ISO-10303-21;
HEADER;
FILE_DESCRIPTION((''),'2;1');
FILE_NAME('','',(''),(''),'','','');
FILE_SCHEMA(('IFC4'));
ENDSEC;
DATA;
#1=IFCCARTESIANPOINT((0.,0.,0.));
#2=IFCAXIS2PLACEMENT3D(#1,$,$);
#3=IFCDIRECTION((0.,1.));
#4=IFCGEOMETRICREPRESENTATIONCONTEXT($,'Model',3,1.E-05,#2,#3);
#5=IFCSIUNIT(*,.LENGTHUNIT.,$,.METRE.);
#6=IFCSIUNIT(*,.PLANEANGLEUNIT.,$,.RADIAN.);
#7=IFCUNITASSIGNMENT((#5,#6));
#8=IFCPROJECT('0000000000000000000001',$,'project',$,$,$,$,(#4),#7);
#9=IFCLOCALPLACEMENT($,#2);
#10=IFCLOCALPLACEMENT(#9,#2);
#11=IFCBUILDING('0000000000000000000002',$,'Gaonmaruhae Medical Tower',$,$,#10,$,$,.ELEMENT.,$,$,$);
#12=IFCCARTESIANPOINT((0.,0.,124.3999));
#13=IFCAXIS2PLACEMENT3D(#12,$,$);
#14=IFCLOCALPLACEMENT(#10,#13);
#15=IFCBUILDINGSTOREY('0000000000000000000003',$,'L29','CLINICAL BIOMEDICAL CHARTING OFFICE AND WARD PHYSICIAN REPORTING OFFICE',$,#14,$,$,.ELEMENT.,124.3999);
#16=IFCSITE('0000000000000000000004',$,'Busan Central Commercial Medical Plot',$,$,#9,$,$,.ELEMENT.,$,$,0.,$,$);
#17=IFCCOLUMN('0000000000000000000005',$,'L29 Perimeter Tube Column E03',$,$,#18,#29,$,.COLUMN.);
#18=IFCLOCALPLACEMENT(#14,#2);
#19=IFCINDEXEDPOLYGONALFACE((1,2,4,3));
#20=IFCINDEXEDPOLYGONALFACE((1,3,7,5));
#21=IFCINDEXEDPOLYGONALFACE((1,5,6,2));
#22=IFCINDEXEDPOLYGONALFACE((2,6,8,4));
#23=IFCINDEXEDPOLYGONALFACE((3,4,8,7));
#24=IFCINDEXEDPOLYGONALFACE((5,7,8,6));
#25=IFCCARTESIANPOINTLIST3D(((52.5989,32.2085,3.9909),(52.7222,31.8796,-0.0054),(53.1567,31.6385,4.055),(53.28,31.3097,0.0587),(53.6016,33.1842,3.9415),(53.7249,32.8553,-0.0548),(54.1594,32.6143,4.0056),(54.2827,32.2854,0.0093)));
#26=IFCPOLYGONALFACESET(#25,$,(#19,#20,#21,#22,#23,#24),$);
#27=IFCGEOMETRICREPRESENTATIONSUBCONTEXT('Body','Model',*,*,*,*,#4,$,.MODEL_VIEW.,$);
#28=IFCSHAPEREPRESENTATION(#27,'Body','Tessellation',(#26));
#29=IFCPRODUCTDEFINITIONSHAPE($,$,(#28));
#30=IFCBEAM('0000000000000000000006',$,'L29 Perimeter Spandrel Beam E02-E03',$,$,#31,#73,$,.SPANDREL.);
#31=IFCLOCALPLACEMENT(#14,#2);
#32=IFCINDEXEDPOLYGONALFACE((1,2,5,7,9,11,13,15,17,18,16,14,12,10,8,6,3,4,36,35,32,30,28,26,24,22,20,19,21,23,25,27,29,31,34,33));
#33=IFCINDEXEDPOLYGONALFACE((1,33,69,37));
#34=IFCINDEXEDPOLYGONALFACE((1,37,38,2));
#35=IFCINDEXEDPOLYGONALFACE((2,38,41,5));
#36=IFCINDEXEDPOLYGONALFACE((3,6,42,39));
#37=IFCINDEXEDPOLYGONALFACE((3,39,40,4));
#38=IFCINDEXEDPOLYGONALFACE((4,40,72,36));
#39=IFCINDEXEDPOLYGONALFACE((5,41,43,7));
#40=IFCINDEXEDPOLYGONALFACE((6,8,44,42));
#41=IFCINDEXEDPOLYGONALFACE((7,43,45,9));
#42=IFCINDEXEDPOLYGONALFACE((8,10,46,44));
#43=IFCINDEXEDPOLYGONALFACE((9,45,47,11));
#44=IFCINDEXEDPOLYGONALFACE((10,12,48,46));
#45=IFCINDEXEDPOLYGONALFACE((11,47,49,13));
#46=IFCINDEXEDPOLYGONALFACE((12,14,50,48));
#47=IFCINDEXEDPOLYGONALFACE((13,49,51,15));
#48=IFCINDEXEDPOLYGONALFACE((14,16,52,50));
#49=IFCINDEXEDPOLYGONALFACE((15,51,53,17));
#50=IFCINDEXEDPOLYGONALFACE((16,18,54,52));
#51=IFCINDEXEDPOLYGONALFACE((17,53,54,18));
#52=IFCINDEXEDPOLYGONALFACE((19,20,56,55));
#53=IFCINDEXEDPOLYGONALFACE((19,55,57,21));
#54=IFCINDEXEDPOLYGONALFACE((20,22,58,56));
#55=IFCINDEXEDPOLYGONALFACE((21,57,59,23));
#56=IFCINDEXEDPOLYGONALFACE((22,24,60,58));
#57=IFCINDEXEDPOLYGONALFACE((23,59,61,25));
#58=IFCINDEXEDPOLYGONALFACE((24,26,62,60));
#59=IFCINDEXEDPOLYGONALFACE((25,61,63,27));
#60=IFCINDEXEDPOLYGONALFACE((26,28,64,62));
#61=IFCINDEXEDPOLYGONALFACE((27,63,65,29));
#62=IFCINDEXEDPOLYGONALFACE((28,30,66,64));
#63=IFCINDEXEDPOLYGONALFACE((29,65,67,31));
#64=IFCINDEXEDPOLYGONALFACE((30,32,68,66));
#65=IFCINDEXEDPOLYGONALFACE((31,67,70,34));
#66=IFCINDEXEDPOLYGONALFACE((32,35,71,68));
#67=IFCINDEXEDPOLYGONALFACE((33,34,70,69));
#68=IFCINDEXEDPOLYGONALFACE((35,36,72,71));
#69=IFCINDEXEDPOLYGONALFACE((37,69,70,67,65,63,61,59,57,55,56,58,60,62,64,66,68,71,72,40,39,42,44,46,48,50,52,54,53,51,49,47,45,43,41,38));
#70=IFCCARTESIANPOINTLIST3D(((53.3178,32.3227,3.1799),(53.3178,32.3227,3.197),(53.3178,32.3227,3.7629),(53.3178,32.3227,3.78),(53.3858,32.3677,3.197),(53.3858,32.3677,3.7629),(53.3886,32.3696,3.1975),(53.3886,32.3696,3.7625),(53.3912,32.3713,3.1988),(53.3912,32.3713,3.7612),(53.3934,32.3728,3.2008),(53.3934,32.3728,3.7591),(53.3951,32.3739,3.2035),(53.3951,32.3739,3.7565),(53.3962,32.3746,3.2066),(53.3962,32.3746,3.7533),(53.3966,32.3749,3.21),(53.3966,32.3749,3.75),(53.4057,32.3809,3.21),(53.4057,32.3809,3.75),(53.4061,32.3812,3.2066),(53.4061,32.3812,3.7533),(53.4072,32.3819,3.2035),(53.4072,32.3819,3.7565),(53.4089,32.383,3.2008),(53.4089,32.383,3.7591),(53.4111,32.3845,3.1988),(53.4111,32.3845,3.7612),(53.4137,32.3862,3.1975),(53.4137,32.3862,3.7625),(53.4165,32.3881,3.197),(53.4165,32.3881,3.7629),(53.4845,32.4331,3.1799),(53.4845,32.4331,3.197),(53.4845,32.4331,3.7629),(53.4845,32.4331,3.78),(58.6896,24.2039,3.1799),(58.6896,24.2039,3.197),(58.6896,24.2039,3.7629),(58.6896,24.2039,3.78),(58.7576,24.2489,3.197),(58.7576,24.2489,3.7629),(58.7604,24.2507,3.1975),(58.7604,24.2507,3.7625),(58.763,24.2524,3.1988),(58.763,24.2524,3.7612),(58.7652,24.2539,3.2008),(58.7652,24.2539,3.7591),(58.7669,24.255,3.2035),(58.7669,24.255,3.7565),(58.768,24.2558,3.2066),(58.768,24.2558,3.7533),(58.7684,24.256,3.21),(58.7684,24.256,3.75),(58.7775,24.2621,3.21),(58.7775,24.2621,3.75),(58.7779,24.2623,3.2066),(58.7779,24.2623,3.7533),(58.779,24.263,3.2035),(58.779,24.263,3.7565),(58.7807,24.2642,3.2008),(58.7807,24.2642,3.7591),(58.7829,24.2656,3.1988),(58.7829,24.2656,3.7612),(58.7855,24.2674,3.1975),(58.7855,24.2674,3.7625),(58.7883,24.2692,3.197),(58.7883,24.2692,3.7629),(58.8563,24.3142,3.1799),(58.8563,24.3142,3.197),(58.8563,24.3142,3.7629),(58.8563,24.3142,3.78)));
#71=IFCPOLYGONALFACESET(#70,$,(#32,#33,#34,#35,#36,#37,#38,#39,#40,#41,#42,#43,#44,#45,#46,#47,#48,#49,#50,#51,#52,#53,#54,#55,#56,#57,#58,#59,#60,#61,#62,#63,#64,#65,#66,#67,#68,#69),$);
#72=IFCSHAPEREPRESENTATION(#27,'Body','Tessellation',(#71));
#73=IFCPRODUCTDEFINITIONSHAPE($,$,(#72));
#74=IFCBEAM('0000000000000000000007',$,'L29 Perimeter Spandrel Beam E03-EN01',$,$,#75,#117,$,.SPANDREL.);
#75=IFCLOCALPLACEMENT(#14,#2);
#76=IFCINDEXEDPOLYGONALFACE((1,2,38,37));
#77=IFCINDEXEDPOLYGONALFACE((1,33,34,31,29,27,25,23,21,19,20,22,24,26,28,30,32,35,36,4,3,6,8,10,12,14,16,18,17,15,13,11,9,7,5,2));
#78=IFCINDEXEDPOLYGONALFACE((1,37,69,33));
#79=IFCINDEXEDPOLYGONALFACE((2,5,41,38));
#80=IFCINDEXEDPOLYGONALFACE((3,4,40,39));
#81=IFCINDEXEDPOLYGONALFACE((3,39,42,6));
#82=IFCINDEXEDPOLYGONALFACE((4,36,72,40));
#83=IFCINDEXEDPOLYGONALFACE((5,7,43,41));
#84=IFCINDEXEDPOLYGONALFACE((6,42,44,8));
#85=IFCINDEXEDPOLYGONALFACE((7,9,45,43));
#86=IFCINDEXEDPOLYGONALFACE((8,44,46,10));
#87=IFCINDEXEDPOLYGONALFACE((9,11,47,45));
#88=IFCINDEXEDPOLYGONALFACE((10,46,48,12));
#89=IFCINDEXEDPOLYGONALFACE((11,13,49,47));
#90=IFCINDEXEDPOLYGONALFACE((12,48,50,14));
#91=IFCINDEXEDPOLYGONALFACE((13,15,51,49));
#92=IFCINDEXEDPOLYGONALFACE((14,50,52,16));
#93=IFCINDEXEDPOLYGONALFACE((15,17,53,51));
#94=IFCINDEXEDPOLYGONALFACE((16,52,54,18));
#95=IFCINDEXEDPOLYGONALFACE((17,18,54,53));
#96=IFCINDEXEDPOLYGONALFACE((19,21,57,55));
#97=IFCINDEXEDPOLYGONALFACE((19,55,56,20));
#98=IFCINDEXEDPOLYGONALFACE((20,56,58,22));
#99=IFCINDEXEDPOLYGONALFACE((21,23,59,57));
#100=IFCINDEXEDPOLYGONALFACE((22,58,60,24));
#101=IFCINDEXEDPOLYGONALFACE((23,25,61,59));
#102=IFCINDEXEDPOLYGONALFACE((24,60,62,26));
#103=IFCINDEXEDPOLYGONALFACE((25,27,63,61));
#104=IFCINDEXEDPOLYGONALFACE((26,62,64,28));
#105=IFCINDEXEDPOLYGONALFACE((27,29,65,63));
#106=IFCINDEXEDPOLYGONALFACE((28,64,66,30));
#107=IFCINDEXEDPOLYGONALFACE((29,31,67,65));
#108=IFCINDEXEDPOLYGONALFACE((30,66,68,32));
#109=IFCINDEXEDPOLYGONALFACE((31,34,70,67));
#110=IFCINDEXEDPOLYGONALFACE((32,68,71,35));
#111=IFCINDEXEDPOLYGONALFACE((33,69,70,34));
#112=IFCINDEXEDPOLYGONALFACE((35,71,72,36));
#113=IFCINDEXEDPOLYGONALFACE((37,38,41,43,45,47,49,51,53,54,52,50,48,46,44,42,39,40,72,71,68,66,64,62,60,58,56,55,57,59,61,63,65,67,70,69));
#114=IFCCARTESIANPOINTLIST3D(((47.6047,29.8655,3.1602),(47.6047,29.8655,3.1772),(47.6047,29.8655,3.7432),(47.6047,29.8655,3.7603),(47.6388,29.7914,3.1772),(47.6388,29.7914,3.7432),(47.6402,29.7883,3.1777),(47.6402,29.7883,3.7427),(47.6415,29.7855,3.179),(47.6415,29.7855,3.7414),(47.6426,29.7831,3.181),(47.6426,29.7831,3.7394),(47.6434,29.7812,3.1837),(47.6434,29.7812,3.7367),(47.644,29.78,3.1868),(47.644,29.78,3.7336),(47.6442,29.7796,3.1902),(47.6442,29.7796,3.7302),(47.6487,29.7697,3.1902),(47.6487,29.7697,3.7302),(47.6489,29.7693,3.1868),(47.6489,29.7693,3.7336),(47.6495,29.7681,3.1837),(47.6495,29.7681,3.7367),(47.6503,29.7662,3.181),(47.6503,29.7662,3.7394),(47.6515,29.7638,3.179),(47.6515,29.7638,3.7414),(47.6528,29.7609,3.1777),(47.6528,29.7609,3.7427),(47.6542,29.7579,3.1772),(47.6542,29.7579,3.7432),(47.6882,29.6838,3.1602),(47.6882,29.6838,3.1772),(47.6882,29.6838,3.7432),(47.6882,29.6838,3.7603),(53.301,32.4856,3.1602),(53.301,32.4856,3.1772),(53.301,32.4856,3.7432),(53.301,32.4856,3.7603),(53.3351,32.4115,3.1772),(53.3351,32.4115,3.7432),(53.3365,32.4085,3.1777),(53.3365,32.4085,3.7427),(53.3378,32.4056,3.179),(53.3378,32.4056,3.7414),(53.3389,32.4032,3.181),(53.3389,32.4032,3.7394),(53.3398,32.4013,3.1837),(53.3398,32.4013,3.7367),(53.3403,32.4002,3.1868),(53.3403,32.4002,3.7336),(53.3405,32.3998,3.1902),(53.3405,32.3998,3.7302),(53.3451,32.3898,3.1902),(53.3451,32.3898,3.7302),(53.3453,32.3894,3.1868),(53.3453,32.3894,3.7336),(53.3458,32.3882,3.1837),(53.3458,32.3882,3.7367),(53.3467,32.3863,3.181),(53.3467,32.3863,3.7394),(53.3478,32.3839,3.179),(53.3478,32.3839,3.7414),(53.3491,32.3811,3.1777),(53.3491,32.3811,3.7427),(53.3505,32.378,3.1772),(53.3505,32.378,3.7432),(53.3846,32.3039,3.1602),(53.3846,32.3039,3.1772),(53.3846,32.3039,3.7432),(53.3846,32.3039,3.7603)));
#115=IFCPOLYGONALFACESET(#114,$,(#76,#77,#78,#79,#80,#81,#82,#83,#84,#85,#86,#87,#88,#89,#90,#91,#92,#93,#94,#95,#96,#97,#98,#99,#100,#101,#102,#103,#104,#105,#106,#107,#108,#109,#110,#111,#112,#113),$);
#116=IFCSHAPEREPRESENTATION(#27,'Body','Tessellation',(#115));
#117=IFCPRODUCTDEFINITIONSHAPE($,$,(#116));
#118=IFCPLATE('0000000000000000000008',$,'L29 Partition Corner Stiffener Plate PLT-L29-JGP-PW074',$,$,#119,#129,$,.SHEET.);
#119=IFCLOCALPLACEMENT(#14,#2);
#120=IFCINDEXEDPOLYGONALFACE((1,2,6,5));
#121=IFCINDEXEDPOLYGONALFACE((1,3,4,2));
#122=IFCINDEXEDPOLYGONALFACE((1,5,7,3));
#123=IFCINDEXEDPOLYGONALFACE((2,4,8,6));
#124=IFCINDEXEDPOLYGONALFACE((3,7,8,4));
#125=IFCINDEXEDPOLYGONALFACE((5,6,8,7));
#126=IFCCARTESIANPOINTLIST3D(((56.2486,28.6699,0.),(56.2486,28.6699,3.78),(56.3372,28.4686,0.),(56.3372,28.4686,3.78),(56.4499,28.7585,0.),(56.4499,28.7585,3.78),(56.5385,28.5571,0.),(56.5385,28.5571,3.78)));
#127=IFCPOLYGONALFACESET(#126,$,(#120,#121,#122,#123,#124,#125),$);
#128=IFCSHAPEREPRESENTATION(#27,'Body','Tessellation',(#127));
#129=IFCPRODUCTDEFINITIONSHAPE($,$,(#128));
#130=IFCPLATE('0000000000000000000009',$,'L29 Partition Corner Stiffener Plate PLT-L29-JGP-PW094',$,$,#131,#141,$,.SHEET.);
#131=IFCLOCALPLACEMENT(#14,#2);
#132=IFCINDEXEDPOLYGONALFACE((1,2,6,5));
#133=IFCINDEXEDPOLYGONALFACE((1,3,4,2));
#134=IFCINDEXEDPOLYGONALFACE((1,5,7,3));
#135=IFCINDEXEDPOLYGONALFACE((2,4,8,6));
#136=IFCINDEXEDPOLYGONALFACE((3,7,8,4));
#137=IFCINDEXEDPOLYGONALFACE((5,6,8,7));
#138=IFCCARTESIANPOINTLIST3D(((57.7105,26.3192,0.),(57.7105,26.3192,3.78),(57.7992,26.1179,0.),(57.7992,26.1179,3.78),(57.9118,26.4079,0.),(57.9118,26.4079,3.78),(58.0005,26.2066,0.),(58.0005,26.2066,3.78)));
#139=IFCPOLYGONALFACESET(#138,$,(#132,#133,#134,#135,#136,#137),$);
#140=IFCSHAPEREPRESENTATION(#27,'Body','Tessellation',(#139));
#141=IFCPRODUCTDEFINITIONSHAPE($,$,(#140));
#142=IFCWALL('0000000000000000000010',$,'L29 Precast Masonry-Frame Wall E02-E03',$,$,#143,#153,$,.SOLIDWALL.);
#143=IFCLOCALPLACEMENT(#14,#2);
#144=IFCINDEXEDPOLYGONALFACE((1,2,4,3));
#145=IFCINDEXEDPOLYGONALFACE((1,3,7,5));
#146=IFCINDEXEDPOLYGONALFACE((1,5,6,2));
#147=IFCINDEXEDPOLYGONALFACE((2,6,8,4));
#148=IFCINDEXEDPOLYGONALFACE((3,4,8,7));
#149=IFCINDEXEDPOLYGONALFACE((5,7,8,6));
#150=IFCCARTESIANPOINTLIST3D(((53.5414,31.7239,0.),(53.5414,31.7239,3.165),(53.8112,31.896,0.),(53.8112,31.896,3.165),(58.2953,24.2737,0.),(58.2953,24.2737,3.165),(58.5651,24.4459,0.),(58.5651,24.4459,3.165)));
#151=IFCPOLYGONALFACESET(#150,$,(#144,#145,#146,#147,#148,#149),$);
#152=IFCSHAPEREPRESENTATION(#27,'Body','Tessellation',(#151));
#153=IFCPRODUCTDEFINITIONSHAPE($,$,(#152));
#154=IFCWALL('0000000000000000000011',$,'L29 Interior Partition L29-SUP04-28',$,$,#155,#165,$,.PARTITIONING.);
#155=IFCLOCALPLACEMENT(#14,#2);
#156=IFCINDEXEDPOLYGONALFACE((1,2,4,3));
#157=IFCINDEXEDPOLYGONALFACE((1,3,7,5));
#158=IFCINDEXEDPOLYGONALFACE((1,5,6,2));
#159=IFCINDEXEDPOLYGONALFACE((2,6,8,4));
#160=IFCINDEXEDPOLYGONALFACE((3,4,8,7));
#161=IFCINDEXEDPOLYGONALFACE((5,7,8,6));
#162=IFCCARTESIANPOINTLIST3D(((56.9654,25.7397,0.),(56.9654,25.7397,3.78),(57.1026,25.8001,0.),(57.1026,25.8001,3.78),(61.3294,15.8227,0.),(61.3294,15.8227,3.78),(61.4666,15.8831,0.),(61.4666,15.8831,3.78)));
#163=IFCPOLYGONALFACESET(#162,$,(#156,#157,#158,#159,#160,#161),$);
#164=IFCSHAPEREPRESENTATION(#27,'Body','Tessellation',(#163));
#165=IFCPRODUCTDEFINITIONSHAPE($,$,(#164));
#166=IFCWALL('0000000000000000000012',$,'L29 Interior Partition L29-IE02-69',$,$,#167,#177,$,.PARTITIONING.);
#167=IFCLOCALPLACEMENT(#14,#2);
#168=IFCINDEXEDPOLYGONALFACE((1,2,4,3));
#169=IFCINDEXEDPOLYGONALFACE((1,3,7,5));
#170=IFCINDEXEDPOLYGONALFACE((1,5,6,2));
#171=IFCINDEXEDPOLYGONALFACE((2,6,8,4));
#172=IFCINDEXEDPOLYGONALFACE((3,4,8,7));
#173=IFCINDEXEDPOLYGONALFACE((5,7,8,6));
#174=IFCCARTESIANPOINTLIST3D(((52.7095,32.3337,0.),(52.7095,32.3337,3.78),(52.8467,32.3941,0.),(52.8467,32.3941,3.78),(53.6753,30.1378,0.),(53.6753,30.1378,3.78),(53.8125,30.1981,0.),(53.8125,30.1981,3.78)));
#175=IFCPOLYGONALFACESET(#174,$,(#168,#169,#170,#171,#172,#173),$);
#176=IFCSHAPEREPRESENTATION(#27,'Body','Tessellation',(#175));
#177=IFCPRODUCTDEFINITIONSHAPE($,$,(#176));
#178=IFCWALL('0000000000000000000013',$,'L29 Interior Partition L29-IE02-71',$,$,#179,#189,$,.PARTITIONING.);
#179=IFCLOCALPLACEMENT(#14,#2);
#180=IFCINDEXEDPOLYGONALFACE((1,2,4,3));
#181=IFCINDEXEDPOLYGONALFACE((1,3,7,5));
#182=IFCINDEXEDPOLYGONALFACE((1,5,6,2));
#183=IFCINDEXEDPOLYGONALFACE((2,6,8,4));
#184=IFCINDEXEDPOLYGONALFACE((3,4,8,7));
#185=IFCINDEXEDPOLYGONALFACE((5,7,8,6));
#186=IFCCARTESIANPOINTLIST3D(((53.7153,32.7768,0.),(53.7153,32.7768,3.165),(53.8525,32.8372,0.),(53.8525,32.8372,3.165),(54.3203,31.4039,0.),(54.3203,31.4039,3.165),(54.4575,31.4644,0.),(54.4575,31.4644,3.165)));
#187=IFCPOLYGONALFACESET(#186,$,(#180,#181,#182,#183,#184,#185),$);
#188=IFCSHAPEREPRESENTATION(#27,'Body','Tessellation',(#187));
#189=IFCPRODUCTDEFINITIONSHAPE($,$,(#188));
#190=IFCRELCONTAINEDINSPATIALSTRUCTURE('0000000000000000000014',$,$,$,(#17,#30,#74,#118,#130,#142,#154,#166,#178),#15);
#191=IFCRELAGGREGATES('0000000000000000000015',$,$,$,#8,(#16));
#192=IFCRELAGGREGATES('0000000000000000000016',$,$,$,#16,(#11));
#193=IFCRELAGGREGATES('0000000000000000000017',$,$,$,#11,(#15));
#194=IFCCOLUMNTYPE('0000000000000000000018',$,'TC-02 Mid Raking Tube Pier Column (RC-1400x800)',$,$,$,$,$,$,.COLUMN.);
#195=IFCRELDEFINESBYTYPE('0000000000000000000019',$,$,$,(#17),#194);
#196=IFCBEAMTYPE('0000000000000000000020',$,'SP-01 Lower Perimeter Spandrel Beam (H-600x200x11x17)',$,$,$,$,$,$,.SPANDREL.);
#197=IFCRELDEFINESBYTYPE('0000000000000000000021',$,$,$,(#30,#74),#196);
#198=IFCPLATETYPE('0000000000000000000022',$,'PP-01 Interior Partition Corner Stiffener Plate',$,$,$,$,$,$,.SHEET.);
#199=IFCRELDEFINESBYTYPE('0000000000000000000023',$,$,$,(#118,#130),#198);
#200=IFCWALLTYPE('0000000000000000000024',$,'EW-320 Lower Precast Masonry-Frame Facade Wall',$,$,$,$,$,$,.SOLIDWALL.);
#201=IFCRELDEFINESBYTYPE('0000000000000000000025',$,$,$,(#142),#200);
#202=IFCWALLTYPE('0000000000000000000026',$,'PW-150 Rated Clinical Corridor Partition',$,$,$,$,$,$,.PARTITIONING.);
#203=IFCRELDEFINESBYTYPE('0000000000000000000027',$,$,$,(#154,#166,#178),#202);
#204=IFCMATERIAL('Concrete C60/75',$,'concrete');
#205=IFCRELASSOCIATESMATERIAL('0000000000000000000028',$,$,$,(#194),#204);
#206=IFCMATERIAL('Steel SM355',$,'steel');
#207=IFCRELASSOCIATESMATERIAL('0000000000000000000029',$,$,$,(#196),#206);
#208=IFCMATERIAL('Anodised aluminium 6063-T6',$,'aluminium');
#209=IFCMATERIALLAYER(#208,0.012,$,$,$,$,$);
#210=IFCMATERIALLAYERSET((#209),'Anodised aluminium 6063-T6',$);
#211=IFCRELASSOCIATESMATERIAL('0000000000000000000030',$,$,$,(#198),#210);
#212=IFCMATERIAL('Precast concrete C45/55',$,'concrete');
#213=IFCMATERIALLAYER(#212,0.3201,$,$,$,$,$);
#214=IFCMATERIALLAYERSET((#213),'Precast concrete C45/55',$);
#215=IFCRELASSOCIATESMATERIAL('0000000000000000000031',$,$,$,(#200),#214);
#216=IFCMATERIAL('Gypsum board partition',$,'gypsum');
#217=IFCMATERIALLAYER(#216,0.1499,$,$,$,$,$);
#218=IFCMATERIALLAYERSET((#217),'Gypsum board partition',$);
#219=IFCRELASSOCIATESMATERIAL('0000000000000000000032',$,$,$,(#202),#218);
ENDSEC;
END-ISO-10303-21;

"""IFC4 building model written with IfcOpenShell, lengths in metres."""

from ifc_helpers import new_model, si_unit, direction, frame, frame_2d, origin, origin_2d, place, context, subcontext, project, spatial, rectangle, i_section, extrude, material, layer, layer_set, material_profile, profile_set, type_object, element, save


model = new_model("IFC4")

# Units and contexts
model_context = context("Model", 3, precision=1e-05, world=origin(), true_north=direction((0.0, 1.0)))
body_context = subcontext(model_context, "Body", "Model", "MODEL_VIEW")
ifc_project = project(units=[si_unit("LENGTHUNIT", "METRE"), si_unit("PLANEANGLEUNIT", "RADIAN")], contexts=[model_context])

# Site, building, storey
site_placement = place(None, origin())
site = spatial("IfcSite", under=ifc_project, at=site_placement, Name="Busan Central Commercial Medical Plot", CompositionType="ELEMENT", RefElevation=0.0)
building_placement = place(site_placement, origin())
building = spatial("IfcBuilding", under=site, at=building_placement, Name="Gaonmaruhae Medical Tower", CompositionType="ELEMENT")
storey_placement = place(building_placement, frame((0.0, 0.0, 124.3999)))
storey = spatial("IfcBuildingStorey", under=building, at=storey_placement, Name="L29", Description="CLINICAL BIOMEDICAL CHARTING OFFICE AND WARD PHYSICIAN REPORTING OFFICE", CompositionType="ELEMENT", Elevation=124.3999)

# Column
ifc_material_1 = material(Name="Concrete C60/75", Category="concrete")
ifc_material_profile_1 = material_profile(ifc_material_1, rectangle(XDim=1.3999, YDim=0.8, at=origin_2d()), Name="RC-1400x800")
ifc_profile_set_1 = profile_set([ifc_material_profile_1], Name="Concrete C60/75")
column_type = type_object("IfcColumnType", Name="TC-02 Mid Raking Tube Pier Column (RC-1400x800)", PredefinedType="COLUMN", material=ifc_profile_set_1)
column_placement = place(storey_placement, frame((53.5024, 32.0825, 0.002), z_axis=(-0.030733, 0.081974, 0.996161), x_axis=(-0.716219, -0.696985, 0.035259)))
element("IfcColumn", 1, at=column_placement, inside=storey, type_object=column_type, Name="L29 Perimeter Tube Column E03", PredefinedType="COLUMN", context=body_context, shape_type="SweptSolid", body=[
    extrude(rectangle(XDim=1.3999, YDim=0.8, at=origin_2d()), origin(), (0.0, 0.0, 1.0), 4.0117),
])

# Beams
ifc_material_2 = material(Name="Steel SM355", Category="steel")
ifc_material_profile_2 = material_profile(ifc_material_2, i_section(OverallWidth=0.2, OverallDepth=0.6001, WebThickness=0.011, FlangeThickness=0.0171, FilletRadius=0.0129, at=origin_2d()), Name="H-600x200x11x17")
ifc_profile_set_2 = profile_set([ifc_material_profile_2], Name="Steel SM355")
beam_type = type_object("IfcBeamType", Name="SP-01 Lower Perimeter Spandrel Beam (H-600x200x11x17)", PredefinedType="SPANDREL", material=ifc_profile_set_2)
beam_1_placement = place(storey_placement, frame((58.7729, 24.259, 3.48), z_axis=(-0.551797, 0.833978, 0.0), x_axis=(-0.833978, -0.551797, 0.0)))
element("IfcBeam", 2, at=beam_1_placement, inside=storey, type_object=beam_type, Name="L29 Perimeter Spandrel Beam E02-E03", PredefinedType="SPANDREL", context=body_context, shape_type="SweptSolid", body=[
    extrude(i_section(OverallWidth=0.2, OverallDepth=0.6001, WebThickness=0.011, FlangeThickness=0.0171, FilletRadius=0.0129, at=origin_2d()), origin(), (0.0, 0.0, 1.0), 9.7351),
])
beam_2_placement = place(storey_placement, frame((53.3428, 32.3948, 3.4602), z_axis=(-0.908501, -0.417882, 0.0), x_axis=(0.417882, -0.908501, 0.0)))
element("IfcBeam", 3, at=beam_2_placement, inside=storey, type_object=beam_type, Name="L29 Perimeter Spandrel Beam E03-EN01", PredefinedType="SPANDREL", context=body_context, shape_type="SweptSolid", body=[
    extrude(i_section(OverallWidth=0.2, OverallDepth=0.6001, WebThickness=0.011, FlangeThickness=0.0171, FilletRadius=0.0129, at=origin_2d()), origin(), (0.0, 0.0, 1.0), 6.27),
])

# Plates
ifc_material_3 = material(Name="Anodised aluminium 6063-T6", Category="aluminium")
ifc_layer_1 = layer(ifc_material_3, 0.012)
ifc_layer_set_1 = layer_set([ifc_layer_1], Name="Anodised aluminium 6063-T6")
plate_type = type_object("IfcPlateType", Name="PP-01 Interior Partition Corner Stiffener Plate", PredefinedType="SHEET", material=ifc_layer_set_1)
for number, where, z_axis, x_axis, name in (
    (4, (56.3936, 28.6135, 0.0), (0.0, 0.0, 1.0), (-0.915347, -0.402667, 0.0), "L29 Partition Corner Stiffener Plate PLT-L29-JGP-PW074"),
    (5, (57.8555, 26.2629, 0.0), (0.0, 0.0, 1.0), (0.915115, 0.403194, 0.0), "L29 Partition Corner Stiffener Plate PLT-L29-JGP-PW094"),
):
    element("IfcPlate", number, at=place(storey_placement, frame(where, z_axis=z_axis, x_axis=x_axis)), inside=storey, type_object=plate_type, Name=name, PredefinedType="SHEET", context=body_context, shape_type="SweptSolid", body=[
        extrude(rectangle(XDim=0.22, YDim=0.22, at=origin_2d()), origin(), (0.0, 0.0, 1.0), 3.78),
    ])

# Walls
ifc_material_4 = material(Name="Precast concrete C45/55", Category="concrete")
ifc_layer_2 = layer(ifc_material_4, 0.3201)
ifc_layer_set_2 = layer_set([ifc_layer_2], Name="Precast concrete C45/55")
wall_type_1 = type_object("IfcWallType", Name="EW-320 Lower Precast Masonry-Frame Facade Wall", PredefinedType="SOLIDWALL", material=ifc_layer_set_2)
wall_1_placement = place(storey_placement, frame((53.6763, 31.8101, 0.0), z_axis=(0.0, 0.0, 1.0), x_axis=(0.537912, -0.843001, 0.0)))
element("IfcWall", 6, at=wall_1_placement, inside=storey, type_object=wall_type_1, Name="L29 Precast Masonry-Frame Wall E02-E03", PredefinedType="SOLIDWALL", context=body_context, shape_type="SweptSolid", body=[
    extrude(rectangle(XDim=8.8376, YDim=0.3201, at=frame_2d((4.4189, 0.0))), origin(), (0.0, 0.0, 1.0), 3.165),
])
ifc_material_5 = material(Name="Gypsum board partition", Category="gypsum")
ifc_layer_3 = layer(ifc_material_5, 0.1499)
ifc_layer_set_3 = layer_set([ifc_layer_3], Name="Gypsum board partition")
wall_type_2 = type_object("IfcWallType", Name="PW-150 Rated Clinical Corridor Partition", PredefinedType="PARTITIONING", material=ifc_layer_set_3)
wall_2_placement = place(storey_placement, frame((57.0339, 25.77, 0.0), z_axis=(0.0, 0.0, 1.0), x_axis=(0.40278, -0.915297, 0.0)))
element("IfcWall", 7, at=wall_2_placement, inside=storey, type_object=wall_type_2, Name="L29 Interior Partition L29-SUP04-28", PredefinedType="PARTITIONING", context=body_context, shape_type="SweptSolid", body=[
    extrude(rectangle(XDim=10.8347, YDim=0.1499, at=frame_2d((5.4175, 0.0))), origin(), (0.0, 0.0, 1.0), 3.78),
])
wall_3_placement = place(storey_placement, frame((53.7439, 30.168, 0.0), z_axis=(0.0, 0.0, 1.0), x_axis=(-0.402585, 0.915383, 0.0)))
element("IfcWall", 8, at=wall_3_placement, inside=storey, type_object=wall_type_2, Name="L29 Interior Partition L29-IE02-69", PredefinedType="PARTITIONING", context=body_context, shape_type="SweptSolid", body=[
    extrude(rectangle(XDim=2.3989, YDim=0.1499, at=frame_2d((1.1995, 0.0))), origin(), (0.0, 0.0, 1.0), 3.78),
])
wall_4_placement = place(storey_placement, frame((53.7839, 32.8069, 0.0), z_axis=(0.0, 0.0, 1.0), x_axis=(0.403268, -0.915082, 0.0)))
element("IfcWall", 9, at=wall_4_placement, inside=storey, type_object=wall_type_2, Name="L29 Interior Partition L29-IE02-71", PredefinedType="PARTITIONING", context=body_context, shape_type="SweptSolid", body=[
    extrude(rectangle(XDim=1.5002, YDim=0.1499, at=frame_2d((0.75, 0.0))), origin(), (0.0, 0.0, 1.0), 3.165),
])

save(model, "model.ifc")
